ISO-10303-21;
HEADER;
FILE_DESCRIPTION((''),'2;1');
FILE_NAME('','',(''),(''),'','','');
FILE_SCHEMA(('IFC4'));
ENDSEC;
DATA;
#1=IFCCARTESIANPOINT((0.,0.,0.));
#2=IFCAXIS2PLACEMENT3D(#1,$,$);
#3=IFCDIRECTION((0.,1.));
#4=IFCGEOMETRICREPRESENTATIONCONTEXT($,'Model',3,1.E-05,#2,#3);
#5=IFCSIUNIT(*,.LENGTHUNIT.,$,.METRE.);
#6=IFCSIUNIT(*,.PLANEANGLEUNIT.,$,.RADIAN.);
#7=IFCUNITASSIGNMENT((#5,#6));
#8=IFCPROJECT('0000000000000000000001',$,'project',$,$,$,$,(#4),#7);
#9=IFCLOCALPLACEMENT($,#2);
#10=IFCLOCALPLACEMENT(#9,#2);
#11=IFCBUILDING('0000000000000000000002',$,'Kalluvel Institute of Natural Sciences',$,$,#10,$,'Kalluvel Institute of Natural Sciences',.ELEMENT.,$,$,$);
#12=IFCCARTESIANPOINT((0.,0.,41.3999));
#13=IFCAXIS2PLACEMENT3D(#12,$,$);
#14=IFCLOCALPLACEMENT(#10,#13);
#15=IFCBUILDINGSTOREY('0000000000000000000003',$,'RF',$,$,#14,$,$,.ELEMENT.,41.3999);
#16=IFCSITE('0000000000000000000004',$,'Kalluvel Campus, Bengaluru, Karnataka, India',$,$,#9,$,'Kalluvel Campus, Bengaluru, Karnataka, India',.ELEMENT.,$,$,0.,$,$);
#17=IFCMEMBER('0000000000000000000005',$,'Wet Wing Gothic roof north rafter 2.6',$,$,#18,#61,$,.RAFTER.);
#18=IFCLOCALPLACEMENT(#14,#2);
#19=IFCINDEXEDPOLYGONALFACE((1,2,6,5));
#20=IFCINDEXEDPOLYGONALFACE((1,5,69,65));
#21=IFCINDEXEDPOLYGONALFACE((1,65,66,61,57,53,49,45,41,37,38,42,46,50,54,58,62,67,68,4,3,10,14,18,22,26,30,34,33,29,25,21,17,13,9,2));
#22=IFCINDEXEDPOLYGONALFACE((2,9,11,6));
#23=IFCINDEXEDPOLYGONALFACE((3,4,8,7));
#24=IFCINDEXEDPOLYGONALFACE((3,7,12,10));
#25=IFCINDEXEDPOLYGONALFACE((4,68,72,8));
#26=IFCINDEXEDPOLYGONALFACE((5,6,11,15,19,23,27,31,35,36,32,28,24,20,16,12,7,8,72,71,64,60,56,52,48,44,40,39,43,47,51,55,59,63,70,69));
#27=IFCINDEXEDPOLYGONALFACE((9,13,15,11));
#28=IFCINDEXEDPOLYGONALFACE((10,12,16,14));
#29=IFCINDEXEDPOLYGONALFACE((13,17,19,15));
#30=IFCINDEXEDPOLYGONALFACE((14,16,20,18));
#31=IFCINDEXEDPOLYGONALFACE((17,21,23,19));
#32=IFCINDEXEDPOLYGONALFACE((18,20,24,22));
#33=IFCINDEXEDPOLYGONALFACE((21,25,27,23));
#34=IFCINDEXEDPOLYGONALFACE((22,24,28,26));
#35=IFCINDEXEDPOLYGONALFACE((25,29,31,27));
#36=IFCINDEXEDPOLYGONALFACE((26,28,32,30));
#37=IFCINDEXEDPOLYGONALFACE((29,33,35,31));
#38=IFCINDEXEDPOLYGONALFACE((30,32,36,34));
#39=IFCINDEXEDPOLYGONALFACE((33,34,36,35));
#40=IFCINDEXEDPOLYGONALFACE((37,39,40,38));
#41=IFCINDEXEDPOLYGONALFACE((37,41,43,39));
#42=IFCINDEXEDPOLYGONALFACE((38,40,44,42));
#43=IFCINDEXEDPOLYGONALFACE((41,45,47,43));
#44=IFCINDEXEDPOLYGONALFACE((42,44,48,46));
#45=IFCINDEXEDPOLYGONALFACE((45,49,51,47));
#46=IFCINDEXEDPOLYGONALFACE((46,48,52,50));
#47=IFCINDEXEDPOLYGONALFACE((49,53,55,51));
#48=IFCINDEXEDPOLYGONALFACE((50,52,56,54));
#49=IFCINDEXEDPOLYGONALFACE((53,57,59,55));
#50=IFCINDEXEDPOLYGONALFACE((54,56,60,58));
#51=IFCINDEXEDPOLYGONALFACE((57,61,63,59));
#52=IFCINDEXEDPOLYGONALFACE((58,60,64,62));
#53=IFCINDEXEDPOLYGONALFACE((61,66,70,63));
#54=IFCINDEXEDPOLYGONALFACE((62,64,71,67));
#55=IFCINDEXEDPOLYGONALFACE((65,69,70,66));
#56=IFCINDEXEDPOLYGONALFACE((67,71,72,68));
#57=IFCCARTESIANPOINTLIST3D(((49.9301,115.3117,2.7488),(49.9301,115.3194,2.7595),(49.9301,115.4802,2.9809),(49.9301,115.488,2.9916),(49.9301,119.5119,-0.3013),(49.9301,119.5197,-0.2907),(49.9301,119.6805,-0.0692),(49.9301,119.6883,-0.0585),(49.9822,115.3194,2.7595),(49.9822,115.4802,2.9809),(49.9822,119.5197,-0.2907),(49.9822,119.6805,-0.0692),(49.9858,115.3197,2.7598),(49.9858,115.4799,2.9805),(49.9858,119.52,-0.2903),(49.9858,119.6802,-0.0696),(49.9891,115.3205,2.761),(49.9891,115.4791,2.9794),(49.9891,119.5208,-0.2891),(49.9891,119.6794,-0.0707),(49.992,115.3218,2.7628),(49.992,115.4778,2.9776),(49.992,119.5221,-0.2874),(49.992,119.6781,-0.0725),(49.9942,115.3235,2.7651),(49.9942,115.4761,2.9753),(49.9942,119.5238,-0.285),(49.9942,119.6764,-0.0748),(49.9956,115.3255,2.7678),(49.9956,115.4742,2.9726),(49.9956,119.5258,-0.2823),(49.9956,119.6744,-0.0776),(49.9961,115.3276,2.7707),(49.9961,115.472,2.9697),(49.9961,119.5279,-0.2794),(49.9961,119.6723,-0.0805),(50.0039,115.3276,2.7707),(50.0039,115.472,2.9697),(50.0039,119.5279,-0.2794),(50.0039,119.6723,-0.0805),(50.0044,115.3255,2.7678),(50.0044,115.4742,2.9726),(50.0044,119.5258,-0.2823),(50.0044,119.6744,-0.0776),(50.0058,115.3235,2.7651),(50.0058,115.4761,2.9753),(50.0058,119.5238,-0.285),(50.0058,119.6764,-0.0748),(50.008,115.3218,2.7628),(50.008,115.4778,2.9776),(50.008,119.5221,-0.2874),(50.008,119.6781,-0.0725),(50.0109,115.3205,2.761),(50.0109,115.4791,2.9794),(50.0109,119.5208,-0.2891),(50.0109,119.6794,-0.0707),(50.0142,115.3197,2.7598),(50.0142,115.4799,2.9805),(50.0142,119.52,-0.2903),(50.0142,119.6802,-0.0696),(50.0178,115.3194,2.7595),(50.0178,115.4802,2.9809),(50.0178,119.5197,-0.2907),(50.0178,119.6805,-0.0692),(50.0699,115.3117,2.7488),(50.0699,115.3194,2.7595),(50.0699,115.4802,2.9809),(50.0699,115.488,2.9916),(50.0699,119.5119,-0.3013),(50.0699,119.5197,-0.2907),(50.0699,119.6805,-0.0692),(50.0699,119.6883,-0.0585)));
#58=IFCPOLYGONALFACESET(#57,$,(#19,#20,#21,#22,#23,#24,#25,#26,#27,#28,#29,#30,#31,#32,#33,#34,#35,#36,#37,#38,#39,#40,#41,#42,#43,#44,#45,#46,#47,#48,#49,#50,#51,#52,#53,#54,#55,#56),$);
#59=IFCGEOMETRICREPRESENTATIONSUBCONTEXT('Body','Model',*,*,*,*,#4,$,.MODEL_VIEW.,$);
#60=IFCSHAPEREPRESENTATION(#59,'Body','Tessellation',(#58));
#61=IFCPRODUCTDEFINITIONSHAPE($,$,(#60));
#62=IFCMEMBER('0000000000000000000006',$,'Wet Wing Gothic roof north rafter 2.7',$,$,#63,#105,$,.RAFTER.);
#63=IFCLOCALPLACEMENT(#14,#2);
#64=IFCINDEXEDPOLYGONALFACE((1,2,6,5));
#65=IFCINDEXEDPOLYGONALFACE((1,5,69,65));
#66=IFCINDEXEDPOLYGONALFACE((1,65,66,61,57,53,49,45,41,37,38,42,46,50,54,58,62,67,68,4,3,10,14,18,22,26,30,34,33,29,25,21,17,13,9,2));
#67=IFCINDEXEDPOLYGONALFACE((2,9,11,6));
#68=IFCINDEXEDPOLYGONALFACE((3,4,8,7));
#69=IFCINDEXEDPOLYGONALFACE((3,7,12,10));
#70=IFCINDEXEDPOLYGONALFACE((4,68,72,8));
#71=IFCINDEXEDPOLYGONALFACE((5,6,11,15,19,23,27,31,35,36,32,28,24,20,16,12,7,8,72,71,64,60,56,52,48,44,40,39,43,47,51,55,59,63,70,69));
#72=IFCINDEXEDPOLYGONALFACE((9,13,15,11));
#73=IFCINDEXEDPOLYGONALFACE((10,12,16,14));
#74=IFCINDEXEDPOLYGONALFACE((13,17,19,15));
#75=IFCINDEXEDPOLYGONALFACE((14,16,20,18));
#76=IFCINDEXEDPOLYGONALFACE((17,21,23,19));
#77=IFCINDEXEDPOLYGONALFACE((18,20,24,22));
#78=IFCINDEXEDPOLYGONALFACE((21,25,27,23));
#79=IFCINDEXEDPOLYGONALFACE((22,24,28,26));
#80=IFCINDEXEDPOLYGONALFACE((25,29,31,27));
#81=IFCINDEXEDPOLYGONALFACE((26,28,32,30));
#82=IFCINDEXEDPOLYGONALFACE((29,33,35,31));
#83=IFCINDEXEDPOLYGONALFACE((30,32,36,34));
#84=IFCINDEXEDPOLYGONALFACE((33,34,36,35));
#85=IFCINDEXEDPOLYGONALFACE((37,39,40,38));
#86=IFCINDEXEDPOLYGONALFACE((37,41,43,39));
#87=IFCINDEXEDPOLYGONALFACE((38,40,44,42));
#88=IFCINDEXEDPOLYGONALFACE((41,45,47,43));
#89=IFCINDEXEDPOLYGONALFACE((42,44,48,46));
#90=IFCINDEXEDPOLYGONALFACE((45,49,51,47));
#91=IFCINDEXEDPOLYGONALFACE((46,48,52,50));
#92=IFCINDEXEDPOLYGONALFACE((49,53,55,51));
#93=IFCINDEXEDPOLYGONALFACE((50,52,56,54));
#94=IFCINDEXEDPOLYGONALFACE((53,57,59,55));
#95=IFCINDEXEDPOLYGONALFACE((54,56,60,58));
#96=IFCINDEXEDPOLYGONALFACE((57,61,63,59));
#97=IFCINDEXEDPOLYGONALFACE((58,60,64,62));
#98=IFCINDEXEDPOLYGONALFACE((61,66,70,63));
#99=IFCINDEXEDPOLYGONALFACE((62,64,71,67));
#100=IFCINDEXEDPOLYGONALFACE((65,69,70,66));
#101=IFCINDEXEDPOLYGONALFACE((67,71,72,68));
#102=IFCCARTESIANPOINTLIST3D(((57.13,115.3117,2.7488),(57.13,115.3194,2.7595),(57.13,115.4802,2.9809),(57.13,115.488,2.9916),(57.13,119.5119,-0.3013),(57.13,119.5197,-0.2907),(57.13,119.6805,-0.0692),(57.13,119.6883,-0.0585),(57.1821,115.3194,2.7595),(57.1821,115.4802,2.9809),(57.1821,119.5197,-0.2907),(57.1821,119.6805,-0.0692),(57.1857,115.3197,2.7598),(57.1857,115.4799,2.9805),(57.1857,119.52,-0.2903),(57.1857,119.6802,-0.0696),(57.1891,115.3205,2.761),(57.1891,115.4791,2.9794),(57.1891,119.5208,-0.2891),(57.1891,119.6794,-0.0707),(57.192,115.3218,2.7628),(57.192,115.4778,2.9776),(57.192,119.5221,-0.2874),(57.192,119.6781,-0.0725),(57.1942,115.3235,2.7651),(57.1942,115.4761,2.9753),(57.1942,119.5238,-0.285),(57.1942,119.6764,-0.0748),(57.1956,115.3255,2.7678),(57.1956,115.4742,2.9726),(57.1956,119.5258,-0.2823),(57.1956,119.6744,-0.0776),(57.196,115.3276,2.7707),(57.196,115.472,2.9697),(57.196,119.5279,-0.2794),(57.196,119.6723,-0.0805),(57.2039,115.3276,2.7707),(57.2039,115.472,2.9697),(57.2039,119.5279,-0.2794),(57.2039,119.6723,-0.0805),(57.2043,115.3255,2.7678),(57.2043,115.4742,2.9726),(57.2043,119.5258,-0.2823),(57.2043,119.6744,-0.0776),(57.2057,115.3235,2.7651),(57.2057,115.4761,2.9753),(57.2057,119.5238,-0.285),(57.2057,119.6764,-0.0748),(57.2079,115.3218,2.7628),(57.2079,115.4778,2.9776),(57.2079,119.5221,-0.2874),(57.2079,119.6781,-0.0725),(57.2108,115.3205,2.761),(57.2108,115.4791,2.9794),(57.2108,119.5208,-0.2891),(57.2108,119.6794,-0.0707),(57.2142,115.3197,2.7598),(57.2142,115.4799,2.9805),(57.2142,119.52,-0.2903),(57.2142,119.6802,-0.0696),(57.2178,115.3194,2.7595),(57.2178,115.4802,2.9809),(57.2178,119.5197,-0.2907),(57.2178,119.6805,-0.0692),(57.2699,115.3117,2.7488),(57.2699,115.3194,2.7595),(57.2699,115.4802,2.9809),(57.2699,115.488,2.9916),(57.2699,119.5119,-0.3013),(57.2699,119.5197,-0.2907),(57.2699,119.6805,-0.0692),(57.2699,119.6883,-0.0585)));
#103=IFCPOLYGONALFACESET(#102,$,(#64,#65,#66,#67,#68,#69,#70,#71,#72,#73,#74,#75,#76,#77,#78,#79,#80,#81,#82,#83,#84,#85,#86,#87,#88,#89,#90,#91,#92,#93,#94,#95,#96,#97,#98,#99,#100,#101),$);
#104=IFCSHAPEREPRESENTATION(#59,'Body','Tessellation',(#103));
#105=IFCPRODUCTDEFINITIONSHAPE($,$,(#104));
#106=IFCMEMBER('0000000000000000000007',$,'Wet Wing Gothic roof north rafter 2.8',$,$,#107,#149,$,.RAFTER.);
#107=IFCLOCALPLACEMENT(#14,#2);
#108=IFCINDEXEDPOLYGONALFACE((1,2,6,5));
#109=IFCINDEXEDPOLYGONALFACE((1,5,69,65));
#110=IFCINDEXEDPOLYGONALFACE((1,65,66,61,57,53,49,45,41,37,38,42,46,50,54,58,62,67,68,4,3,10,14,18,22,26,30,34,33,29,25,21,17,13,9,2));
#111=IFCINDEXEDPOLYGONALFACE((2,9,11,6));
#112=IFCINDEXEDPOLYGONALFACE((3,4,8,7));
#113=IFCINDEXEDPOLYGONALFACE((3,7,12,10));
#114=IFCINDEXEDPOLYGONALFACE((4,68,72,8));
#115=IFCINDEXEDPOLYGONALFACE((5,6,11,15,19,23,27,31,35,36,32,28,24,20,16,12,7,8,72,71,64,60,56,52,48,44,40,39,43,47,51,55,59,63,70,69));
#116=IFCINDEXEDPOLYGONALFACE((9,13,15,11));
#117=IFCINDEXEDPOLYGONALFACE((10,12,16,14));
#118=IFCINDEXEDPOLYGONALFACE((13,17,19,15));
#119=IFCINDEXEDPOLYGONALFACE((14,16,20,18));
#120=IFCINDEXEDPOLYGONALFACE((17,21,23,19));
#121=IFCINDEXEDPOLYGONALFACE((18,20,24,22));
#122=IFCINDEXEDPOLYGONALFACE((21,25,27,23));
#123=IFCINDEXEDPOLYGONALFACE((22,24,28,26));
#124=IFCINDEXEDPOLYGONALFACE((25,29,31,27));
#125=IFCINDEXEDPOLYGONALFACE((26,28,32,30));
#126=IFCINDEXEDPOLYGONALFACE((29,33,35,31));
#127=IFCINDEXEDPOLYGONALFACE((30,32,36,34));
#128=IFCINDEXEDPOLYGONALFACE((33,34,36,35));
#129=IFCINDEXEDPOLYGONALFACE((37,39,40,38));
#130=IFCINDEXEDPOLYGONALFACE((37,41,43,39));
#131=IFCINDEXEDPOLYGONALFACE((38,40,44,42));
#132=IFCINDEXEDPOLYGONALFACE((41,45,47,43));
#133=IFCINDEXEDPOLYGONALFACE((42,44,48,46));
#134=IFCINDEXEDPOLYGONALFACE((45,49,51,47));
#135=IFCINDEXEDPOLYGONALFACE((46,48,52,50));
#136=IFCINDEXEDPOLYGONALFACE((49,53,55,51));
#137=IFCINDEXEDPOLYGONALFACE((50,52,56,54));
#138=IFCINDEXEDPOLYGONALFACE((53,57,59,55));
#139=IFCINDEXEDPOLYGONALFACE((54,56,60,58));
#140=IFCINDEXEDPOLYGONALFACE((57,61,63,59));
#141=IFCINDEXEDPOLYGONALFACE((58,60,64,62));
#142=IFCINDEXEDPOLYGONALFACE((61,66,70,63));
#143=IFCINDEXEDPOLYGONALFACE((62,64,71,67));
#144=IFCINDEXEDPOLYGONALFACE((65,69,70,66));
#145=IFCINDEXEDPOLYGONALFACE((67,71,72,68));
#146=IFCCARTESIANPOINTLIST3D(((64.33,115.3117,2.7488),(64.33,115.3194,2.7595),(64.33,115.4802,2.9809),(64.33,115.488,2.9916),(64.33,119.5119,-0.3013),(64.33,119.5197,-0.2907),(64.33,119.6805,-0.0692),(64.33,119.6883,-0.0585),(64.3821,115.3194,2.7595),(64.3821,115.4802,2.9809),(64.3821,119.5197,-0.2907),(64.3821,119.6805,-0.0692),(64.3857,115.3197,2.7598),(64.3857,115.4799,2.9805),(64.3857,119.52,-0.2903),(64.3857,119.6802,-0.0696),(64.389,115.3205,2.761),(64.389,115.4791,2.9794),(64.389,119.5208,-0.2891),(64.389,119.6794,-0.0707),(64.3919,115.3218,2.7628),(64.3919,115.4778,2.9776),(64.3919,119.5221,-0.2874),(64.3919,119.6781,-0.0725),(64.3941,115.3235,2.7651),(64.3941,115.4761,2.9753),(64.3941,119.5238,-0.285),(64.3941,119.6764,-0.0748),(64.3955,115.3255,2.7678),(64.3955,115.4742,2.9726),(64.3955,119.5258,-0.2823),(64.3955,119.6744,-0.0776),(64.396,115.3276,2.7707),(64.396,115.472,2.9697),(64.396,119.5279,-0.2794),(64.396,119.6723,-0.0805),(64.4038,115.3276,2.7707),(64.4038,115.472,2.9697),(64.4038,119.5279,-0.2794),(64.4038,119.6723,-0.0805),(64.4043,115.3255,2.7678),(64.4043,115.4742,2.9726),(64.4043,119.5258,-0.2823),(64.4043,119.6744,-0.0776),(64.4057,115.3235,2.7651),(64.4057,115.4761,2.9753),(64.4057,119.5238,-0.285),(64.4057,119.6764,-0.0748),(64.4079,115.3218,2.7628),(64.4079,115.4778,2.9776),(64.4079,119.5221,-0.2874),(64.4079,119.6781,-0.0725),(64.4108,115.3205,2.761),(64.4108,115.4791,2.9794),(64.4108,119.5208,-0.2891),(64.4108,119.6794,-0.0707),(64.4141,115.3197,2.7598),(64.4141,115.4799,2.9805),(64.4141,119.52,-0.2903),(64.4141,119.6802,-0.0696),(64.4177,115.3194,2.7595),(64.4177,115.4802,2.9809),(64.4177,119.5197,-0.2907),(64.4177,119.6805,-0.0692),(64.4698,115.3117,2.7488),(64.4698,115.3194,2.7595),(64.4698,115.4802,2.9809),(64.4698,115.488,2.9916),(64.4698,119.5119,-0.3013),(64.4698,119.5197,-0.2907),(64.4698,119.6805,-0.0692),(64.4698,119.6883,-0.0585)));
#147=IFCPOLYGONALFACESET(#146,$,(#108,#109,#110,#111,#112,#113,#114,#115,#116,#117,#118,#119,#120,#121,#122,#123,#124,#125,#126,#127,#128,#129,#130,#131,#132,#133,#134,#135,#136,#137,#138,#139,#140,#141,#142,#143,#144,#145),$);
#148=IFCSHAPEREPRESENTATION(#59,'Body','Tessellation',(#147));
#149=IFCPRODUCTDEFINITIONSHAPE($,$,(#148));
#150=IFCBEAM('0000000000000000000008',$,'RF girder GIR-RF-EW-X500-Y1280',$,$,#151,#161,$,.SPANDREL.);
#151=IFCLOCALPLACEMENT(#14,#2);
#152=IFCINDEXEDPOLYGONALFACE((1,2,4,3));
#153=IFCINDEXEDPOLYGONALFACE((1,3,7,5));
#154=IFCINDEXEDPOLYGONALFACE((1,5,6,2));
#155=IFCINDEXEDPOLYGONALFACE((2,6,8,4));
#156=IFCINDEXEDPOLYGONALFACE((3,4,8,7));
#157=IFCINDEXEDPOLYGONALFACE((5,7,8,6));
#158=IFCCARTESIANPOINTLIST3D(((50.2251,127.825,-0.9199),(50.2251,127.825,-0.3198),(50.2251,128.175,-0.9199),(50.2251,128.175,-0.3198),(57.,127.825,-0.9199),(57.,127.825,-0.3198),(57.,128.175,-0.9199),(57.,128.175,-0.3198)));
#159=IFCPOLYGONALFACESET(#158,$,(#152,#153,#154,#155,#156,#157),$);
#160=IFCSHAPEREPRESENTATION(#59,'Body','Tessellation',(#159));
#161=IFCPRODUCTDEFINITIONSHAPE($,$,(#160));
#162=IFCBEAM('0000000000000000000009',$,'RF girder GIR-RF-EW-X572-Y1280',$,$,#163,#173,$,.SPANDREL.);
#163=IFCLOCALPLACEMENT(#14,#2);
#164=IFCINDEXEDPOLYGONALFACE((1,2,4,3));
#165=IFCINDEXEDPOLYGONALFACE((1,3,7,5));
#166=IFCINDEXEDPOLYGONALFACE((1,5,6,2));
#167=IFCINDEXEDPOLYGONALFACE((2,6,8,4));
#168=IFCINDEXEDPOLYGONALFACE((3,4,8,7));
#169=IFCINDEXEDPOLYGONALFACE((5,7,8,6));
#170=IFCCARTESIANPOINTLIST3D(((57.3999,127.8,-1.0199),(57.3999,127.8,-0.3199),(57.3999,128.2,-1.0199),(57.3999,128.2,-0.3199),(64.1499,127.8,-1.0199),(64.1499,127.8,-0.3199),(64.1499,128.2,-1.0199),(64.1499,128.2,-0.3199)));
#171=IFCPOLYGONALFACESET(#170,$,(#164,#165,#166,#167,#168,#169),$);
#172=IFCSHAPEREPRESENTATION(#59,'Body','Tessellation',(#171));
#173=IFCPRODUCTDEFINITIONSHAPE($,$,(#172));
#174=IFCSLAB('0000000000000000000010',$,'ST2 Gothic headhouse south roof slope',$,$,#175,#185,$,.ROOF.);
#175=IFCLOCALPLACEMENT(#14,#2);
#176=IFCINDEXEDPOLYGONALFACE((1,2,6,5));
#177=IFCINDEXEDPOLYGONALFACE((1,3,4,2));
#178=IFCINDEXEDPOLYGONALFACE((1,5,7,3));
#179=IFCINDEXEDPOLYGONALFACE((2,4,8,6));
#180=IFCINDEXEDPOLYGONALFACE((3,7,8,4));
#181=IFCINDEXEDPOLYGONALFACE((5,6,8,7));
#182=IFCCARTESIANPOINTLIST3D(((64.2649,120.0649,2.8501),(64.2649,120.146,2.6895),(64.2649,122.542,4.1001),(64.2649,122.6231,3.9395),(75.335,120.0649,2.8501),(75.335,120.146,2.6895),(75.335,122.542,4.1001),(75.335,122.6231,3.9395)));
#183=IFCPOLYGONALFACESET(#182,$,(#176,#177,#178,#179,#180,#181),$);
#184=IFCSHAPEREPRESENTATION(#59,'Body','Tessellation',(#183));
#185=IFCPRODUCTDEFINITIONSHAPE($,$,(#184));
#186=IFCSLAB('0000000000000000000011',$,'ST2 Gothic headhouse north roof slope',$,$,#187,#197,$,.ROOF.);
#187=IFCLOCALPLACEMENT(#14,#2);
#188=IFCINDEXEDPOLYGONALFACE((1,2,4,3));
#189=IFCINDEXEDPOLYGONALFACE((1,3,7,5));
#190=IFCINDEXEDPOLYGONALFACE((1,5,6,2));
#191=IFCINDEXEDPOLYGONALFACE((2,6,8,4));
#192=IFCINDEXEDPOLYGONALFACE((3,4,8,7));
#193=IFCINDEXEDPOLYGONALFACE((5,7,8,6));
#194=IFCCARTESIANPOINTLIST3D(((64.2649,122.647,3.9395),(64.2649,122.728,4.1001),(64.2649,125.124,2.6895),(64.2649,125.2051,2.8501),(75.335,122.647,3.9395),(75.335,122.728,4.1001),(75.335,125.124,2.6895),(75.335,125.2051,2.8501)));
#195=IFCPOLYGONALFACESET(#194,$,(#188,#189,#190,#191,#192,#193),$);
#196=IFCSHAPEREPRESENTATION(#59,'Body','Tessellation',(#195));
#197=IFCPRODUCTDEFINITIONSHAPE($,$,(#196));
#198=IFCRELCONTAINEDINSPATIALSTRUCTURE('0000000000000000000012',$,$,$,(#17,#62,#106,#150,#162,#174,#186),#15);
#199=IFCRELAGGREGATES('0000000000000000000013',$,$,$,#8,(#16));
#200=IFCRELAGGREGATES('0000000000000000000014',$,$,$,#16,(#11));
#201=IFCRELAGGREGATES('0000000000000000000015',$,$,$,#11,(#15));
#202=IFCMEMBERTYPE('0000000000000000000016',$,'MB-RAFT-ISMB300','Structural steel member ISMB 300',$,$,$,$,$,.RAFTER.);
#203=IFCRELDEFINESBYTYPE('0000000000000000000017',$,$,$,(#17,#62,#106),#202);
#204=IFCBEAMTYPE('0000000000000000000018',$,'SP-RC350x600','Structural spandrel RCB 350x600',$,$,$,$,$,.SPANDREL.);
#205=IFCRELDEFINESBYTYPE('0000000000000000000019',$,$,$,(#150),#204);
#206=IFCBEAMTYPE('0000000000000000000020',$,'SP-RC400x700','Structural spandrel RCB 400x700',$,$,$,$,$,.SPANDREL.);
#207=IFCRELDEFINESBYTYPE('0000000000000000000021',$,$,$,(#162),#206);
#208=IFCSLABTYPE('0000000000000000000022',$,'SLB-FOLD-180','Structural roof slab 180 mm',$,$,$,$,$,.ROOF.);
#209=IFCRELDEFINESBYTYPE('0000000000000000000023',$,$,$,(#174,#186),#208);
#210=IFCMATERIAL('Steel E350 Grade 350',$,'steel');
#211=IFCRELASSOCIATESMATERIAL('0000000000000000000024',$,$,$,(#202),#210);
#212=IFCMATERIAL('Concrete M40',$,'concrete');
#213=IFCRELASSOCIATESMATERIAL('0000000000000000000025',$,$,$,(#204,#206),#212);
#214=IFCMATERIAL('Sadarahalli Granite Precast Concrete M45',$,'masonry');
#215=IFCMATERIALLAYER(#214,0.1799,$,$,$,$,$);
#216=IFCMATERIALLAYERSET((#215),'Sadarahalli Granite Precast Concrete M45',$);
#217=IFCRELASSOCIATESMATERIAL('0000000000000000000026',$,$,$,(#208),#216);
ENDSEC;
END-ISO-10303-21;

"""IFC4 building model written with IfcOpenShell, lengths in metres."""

from ifc_helpers import new_model, si_unit, direction, frame, origin, origin_2d, place, context, subcontext, project, spatial, polyline, rectangle, i_section, outline, extrude, material, layer, layer_set, material_profile, profile_set, type_object, element, save


model = new_model("IFC4")

# Units and contexts
model_context = context("Model", 3, precision=1e-05, world=origin(), true_north=direction((0.0, 1.0)))
body_context = subcontext(model_context, "Body", "Model", "MODEL_VIEW")
ifc_project = project(units=[si_unit("LENGTHUNIT", "METRE"), si_unit("PLANEANGLEUNIT", "RADIAN")], contexts=[model_context])

# Site, building, storey
site_placement = place(None, origin())
site = spatial("IfcSite", under=ifc_project, at=site_placement, Name="Kalluvel Campus, Bengaluru, Karnataka, India", LongName="Kalluvel Campus, Bengaluru, Karnataka, India", CompositionType="ELEMENT", RefElevation=0.0)
building_placement = place(site_placement, origin())
building = spatial("IfcBuilding", under=site, at=building_placement, Name="Kalluvel Institute of Natural Sciences", LongName="Kalluvel Institute of Natural Sciences", CompositionType="ELEMENT")
storey_placement = place(building_placement, frame((0.0, 0.0, 41.3999)))
storey = spatial("IfcBuildingStorey", under=building, at=storey_placement, Name="RF", CompositionType="ELEMENT", Elevation=41.3999)

# Shared definitions
ifc_material_1 = material(Name="Concrete M40", Category="concrete")
ifc_material_2 = material(Name="Sadarahalli Granite Precast Concrete M45", Category="masonry")

# Members
ifc_material_3 = material(Name="Steel E350 Grade 350", Category="steel")
ifc_material_profile_1 = material_profile(ifc_material_3, i_section(OverallWidth=0.1399, OverallDepth=0.3, WebThickness=0.0078, FlangeThickness=0.0132, FilletRadius=0.0139, at=origin_2d()), Name="ISMB 300")
ifc_profile_set_1 = profile_set([ifc_material_profile_1], Name="Steel E350 Grade 350")
member_type = type_object("IfcMemberType", Name="MB-RAFT-ISMB300", Description="Structural steel member ISMB 300", PredefinedType="RAFTER", material=ifc_profile_set_1)
for number, where, z_axis, x_axis, name in (
    (1, (50.0, 119.6001, -0.1799), (0.0, -0.809161, 0.587587), (1.0, 0.0, 0.0), "Wet Wing Gothic roof north rafter 2.6"),
    (2, (57.2, 119.6001, -0.1799), (0.0, -0.809161, 0.587587), (1.0, 0.0, 0.0), "Wet Wing Gothic roof north rafter 2.7"),
    (3, (64.3999, 119.6001, -0.1799), (0.0, -0.809161, 0.587587), (1.0, 0.0, 0.0), "Wet Wing Gothic roof north rafter 2.8"),
):
    element("IfcMember", number, at=place(storey_placement, frame(where, z_axis=z_axis, x_axis=x_axis)), inside=storey, type_object=member_type, Name=name, PredefinedType="RAFTER", context=body_context, shape_type="SweptSolid", body=[
        extrude(i_section(OverallWidth=0.1399, OverallDepth=0.3, WebThickness=0.0078, FlangeThickness=0.0132, FilletRadius=0.0139, at=origin_2d()), origin(), (0.0, 0.0, 1.0), 5.1909),
    ])

# Beams
ifc_material_profile_2 = material_profile(ifc_material_1, rectangle(XDim=0.3501, YDim=0.6001, at=origin_2d()), Name="RCB 350x600")
ifc_profile_set_2 = profile_set([ifc_material_profile_2], Name="Concrete M40")
beam_type_1 = type_object("IfcBeamType", Name="SP-RC350x600", Description="Structural spandrel RCB 350x600", PredefinedType="SPANDREL", material=ifc_profile_set_2)
beam_1_placement = place(storey_placement, frame((50.2251, 128.0, -0.6199), z_axis=(1.0, 0.0, 0.0), x_axis=(0.0, 1.0, 0.0)))
element("IfcBeam", 4, at=beam_1_placement, inside=storey, type_object=beam_type_1, Name="RF girder GIR-RF-EW-X500-Y1280", PredefinedType="SPANDREL", context=body_context, shape_type="SweptSolid", body=[
    extrude(rectangle(XDim=0.3501, YDim=0.6001, at=origin_2d()), origin(), (0.0, 0.0, 1.0), 6.7749),
])
ifc_material_profile_3 = material_profile(ifc_material_1, rectangle(XDim=0.3999, YDim=0.7, at=origin_2d()), Name="RCB 400x700")
ifc_profile_set_3 = profile_set([ifc_material_profile_3], Name="Concrete M40")
beam_type_2 = type_object("IfcBeamType", Name="SP-RC400x700", Description="Structural spandrel RCB 400x700", PredefinedType="SPANDREL", material=ifc_profile_set_3)
beam_2_placement = place(storey_placement, frame((57.3999, 128.0, -0.6699), z_axis=(1.0, 0.0, 0.0), x_axis=(0.0, 1.0, 0.0)))
element("IfcBeam", 5, at=beam_2_placement, inside=storey, type_object=beam_type_2, Name="RF girder GIR-RF-EW-X572-Y1280", PredefinedType="SPANDREL", context=body_context, shape_type="SweptSolid", body=[
    extrude(rectangle(XDim=0.3999, YDim=0.7, at=origin_2d()), origin(), (0.0, 0.0, 1.0), 6.75),
])

# Slabs
ifc_layer_1 = layer(ifc_material_2, 0.1799)
ifc_layer_set_1 = layer_set([ifc_layer_1], Name="Sadarahalli Granite Precast Concrete M45")
slab_type = type_object("IfcSlabType", Name="SLB-FOLD-180", Description="Structural roof slab 180 mm", PredefinedType="ROOF", material=ifc_layer_set_1)
for number, where, z_axis, x_axis, name in (
    (6, (64.2649, 120.0649, 2.8501), (0.0, -0.450519, 0.892767), (1.0, 0.0, 0.0), "ST2 Gothic headhouse south roof slope"),
    (7, (64.2649, 122.728, 4.1001), (0.0, 0.450519, 0.892767), (1.0, 0.0, 0.0), "ST2 Gothic headhouse north roof slope"),
):
    element("IfcSlab", number, at=place(storey_placement, frame(where, z_axis=z_axis, x_axis=x_axis)), inside=storey, type_object=slab_type, Name=name, PredefinedType="ROOF", context=body_context, shape_type="SweptSolid", body=[
        extrude(outline(polyline([(0.0, 0.0), (11.0701, 0.0), (11.0701, 2.7746), (0.0, 2.7746), (0.0, 0.0)])), origin(), (0.0, 0.0, -1.0), 0.1799),
    ])

save(model, "model.ifc")
